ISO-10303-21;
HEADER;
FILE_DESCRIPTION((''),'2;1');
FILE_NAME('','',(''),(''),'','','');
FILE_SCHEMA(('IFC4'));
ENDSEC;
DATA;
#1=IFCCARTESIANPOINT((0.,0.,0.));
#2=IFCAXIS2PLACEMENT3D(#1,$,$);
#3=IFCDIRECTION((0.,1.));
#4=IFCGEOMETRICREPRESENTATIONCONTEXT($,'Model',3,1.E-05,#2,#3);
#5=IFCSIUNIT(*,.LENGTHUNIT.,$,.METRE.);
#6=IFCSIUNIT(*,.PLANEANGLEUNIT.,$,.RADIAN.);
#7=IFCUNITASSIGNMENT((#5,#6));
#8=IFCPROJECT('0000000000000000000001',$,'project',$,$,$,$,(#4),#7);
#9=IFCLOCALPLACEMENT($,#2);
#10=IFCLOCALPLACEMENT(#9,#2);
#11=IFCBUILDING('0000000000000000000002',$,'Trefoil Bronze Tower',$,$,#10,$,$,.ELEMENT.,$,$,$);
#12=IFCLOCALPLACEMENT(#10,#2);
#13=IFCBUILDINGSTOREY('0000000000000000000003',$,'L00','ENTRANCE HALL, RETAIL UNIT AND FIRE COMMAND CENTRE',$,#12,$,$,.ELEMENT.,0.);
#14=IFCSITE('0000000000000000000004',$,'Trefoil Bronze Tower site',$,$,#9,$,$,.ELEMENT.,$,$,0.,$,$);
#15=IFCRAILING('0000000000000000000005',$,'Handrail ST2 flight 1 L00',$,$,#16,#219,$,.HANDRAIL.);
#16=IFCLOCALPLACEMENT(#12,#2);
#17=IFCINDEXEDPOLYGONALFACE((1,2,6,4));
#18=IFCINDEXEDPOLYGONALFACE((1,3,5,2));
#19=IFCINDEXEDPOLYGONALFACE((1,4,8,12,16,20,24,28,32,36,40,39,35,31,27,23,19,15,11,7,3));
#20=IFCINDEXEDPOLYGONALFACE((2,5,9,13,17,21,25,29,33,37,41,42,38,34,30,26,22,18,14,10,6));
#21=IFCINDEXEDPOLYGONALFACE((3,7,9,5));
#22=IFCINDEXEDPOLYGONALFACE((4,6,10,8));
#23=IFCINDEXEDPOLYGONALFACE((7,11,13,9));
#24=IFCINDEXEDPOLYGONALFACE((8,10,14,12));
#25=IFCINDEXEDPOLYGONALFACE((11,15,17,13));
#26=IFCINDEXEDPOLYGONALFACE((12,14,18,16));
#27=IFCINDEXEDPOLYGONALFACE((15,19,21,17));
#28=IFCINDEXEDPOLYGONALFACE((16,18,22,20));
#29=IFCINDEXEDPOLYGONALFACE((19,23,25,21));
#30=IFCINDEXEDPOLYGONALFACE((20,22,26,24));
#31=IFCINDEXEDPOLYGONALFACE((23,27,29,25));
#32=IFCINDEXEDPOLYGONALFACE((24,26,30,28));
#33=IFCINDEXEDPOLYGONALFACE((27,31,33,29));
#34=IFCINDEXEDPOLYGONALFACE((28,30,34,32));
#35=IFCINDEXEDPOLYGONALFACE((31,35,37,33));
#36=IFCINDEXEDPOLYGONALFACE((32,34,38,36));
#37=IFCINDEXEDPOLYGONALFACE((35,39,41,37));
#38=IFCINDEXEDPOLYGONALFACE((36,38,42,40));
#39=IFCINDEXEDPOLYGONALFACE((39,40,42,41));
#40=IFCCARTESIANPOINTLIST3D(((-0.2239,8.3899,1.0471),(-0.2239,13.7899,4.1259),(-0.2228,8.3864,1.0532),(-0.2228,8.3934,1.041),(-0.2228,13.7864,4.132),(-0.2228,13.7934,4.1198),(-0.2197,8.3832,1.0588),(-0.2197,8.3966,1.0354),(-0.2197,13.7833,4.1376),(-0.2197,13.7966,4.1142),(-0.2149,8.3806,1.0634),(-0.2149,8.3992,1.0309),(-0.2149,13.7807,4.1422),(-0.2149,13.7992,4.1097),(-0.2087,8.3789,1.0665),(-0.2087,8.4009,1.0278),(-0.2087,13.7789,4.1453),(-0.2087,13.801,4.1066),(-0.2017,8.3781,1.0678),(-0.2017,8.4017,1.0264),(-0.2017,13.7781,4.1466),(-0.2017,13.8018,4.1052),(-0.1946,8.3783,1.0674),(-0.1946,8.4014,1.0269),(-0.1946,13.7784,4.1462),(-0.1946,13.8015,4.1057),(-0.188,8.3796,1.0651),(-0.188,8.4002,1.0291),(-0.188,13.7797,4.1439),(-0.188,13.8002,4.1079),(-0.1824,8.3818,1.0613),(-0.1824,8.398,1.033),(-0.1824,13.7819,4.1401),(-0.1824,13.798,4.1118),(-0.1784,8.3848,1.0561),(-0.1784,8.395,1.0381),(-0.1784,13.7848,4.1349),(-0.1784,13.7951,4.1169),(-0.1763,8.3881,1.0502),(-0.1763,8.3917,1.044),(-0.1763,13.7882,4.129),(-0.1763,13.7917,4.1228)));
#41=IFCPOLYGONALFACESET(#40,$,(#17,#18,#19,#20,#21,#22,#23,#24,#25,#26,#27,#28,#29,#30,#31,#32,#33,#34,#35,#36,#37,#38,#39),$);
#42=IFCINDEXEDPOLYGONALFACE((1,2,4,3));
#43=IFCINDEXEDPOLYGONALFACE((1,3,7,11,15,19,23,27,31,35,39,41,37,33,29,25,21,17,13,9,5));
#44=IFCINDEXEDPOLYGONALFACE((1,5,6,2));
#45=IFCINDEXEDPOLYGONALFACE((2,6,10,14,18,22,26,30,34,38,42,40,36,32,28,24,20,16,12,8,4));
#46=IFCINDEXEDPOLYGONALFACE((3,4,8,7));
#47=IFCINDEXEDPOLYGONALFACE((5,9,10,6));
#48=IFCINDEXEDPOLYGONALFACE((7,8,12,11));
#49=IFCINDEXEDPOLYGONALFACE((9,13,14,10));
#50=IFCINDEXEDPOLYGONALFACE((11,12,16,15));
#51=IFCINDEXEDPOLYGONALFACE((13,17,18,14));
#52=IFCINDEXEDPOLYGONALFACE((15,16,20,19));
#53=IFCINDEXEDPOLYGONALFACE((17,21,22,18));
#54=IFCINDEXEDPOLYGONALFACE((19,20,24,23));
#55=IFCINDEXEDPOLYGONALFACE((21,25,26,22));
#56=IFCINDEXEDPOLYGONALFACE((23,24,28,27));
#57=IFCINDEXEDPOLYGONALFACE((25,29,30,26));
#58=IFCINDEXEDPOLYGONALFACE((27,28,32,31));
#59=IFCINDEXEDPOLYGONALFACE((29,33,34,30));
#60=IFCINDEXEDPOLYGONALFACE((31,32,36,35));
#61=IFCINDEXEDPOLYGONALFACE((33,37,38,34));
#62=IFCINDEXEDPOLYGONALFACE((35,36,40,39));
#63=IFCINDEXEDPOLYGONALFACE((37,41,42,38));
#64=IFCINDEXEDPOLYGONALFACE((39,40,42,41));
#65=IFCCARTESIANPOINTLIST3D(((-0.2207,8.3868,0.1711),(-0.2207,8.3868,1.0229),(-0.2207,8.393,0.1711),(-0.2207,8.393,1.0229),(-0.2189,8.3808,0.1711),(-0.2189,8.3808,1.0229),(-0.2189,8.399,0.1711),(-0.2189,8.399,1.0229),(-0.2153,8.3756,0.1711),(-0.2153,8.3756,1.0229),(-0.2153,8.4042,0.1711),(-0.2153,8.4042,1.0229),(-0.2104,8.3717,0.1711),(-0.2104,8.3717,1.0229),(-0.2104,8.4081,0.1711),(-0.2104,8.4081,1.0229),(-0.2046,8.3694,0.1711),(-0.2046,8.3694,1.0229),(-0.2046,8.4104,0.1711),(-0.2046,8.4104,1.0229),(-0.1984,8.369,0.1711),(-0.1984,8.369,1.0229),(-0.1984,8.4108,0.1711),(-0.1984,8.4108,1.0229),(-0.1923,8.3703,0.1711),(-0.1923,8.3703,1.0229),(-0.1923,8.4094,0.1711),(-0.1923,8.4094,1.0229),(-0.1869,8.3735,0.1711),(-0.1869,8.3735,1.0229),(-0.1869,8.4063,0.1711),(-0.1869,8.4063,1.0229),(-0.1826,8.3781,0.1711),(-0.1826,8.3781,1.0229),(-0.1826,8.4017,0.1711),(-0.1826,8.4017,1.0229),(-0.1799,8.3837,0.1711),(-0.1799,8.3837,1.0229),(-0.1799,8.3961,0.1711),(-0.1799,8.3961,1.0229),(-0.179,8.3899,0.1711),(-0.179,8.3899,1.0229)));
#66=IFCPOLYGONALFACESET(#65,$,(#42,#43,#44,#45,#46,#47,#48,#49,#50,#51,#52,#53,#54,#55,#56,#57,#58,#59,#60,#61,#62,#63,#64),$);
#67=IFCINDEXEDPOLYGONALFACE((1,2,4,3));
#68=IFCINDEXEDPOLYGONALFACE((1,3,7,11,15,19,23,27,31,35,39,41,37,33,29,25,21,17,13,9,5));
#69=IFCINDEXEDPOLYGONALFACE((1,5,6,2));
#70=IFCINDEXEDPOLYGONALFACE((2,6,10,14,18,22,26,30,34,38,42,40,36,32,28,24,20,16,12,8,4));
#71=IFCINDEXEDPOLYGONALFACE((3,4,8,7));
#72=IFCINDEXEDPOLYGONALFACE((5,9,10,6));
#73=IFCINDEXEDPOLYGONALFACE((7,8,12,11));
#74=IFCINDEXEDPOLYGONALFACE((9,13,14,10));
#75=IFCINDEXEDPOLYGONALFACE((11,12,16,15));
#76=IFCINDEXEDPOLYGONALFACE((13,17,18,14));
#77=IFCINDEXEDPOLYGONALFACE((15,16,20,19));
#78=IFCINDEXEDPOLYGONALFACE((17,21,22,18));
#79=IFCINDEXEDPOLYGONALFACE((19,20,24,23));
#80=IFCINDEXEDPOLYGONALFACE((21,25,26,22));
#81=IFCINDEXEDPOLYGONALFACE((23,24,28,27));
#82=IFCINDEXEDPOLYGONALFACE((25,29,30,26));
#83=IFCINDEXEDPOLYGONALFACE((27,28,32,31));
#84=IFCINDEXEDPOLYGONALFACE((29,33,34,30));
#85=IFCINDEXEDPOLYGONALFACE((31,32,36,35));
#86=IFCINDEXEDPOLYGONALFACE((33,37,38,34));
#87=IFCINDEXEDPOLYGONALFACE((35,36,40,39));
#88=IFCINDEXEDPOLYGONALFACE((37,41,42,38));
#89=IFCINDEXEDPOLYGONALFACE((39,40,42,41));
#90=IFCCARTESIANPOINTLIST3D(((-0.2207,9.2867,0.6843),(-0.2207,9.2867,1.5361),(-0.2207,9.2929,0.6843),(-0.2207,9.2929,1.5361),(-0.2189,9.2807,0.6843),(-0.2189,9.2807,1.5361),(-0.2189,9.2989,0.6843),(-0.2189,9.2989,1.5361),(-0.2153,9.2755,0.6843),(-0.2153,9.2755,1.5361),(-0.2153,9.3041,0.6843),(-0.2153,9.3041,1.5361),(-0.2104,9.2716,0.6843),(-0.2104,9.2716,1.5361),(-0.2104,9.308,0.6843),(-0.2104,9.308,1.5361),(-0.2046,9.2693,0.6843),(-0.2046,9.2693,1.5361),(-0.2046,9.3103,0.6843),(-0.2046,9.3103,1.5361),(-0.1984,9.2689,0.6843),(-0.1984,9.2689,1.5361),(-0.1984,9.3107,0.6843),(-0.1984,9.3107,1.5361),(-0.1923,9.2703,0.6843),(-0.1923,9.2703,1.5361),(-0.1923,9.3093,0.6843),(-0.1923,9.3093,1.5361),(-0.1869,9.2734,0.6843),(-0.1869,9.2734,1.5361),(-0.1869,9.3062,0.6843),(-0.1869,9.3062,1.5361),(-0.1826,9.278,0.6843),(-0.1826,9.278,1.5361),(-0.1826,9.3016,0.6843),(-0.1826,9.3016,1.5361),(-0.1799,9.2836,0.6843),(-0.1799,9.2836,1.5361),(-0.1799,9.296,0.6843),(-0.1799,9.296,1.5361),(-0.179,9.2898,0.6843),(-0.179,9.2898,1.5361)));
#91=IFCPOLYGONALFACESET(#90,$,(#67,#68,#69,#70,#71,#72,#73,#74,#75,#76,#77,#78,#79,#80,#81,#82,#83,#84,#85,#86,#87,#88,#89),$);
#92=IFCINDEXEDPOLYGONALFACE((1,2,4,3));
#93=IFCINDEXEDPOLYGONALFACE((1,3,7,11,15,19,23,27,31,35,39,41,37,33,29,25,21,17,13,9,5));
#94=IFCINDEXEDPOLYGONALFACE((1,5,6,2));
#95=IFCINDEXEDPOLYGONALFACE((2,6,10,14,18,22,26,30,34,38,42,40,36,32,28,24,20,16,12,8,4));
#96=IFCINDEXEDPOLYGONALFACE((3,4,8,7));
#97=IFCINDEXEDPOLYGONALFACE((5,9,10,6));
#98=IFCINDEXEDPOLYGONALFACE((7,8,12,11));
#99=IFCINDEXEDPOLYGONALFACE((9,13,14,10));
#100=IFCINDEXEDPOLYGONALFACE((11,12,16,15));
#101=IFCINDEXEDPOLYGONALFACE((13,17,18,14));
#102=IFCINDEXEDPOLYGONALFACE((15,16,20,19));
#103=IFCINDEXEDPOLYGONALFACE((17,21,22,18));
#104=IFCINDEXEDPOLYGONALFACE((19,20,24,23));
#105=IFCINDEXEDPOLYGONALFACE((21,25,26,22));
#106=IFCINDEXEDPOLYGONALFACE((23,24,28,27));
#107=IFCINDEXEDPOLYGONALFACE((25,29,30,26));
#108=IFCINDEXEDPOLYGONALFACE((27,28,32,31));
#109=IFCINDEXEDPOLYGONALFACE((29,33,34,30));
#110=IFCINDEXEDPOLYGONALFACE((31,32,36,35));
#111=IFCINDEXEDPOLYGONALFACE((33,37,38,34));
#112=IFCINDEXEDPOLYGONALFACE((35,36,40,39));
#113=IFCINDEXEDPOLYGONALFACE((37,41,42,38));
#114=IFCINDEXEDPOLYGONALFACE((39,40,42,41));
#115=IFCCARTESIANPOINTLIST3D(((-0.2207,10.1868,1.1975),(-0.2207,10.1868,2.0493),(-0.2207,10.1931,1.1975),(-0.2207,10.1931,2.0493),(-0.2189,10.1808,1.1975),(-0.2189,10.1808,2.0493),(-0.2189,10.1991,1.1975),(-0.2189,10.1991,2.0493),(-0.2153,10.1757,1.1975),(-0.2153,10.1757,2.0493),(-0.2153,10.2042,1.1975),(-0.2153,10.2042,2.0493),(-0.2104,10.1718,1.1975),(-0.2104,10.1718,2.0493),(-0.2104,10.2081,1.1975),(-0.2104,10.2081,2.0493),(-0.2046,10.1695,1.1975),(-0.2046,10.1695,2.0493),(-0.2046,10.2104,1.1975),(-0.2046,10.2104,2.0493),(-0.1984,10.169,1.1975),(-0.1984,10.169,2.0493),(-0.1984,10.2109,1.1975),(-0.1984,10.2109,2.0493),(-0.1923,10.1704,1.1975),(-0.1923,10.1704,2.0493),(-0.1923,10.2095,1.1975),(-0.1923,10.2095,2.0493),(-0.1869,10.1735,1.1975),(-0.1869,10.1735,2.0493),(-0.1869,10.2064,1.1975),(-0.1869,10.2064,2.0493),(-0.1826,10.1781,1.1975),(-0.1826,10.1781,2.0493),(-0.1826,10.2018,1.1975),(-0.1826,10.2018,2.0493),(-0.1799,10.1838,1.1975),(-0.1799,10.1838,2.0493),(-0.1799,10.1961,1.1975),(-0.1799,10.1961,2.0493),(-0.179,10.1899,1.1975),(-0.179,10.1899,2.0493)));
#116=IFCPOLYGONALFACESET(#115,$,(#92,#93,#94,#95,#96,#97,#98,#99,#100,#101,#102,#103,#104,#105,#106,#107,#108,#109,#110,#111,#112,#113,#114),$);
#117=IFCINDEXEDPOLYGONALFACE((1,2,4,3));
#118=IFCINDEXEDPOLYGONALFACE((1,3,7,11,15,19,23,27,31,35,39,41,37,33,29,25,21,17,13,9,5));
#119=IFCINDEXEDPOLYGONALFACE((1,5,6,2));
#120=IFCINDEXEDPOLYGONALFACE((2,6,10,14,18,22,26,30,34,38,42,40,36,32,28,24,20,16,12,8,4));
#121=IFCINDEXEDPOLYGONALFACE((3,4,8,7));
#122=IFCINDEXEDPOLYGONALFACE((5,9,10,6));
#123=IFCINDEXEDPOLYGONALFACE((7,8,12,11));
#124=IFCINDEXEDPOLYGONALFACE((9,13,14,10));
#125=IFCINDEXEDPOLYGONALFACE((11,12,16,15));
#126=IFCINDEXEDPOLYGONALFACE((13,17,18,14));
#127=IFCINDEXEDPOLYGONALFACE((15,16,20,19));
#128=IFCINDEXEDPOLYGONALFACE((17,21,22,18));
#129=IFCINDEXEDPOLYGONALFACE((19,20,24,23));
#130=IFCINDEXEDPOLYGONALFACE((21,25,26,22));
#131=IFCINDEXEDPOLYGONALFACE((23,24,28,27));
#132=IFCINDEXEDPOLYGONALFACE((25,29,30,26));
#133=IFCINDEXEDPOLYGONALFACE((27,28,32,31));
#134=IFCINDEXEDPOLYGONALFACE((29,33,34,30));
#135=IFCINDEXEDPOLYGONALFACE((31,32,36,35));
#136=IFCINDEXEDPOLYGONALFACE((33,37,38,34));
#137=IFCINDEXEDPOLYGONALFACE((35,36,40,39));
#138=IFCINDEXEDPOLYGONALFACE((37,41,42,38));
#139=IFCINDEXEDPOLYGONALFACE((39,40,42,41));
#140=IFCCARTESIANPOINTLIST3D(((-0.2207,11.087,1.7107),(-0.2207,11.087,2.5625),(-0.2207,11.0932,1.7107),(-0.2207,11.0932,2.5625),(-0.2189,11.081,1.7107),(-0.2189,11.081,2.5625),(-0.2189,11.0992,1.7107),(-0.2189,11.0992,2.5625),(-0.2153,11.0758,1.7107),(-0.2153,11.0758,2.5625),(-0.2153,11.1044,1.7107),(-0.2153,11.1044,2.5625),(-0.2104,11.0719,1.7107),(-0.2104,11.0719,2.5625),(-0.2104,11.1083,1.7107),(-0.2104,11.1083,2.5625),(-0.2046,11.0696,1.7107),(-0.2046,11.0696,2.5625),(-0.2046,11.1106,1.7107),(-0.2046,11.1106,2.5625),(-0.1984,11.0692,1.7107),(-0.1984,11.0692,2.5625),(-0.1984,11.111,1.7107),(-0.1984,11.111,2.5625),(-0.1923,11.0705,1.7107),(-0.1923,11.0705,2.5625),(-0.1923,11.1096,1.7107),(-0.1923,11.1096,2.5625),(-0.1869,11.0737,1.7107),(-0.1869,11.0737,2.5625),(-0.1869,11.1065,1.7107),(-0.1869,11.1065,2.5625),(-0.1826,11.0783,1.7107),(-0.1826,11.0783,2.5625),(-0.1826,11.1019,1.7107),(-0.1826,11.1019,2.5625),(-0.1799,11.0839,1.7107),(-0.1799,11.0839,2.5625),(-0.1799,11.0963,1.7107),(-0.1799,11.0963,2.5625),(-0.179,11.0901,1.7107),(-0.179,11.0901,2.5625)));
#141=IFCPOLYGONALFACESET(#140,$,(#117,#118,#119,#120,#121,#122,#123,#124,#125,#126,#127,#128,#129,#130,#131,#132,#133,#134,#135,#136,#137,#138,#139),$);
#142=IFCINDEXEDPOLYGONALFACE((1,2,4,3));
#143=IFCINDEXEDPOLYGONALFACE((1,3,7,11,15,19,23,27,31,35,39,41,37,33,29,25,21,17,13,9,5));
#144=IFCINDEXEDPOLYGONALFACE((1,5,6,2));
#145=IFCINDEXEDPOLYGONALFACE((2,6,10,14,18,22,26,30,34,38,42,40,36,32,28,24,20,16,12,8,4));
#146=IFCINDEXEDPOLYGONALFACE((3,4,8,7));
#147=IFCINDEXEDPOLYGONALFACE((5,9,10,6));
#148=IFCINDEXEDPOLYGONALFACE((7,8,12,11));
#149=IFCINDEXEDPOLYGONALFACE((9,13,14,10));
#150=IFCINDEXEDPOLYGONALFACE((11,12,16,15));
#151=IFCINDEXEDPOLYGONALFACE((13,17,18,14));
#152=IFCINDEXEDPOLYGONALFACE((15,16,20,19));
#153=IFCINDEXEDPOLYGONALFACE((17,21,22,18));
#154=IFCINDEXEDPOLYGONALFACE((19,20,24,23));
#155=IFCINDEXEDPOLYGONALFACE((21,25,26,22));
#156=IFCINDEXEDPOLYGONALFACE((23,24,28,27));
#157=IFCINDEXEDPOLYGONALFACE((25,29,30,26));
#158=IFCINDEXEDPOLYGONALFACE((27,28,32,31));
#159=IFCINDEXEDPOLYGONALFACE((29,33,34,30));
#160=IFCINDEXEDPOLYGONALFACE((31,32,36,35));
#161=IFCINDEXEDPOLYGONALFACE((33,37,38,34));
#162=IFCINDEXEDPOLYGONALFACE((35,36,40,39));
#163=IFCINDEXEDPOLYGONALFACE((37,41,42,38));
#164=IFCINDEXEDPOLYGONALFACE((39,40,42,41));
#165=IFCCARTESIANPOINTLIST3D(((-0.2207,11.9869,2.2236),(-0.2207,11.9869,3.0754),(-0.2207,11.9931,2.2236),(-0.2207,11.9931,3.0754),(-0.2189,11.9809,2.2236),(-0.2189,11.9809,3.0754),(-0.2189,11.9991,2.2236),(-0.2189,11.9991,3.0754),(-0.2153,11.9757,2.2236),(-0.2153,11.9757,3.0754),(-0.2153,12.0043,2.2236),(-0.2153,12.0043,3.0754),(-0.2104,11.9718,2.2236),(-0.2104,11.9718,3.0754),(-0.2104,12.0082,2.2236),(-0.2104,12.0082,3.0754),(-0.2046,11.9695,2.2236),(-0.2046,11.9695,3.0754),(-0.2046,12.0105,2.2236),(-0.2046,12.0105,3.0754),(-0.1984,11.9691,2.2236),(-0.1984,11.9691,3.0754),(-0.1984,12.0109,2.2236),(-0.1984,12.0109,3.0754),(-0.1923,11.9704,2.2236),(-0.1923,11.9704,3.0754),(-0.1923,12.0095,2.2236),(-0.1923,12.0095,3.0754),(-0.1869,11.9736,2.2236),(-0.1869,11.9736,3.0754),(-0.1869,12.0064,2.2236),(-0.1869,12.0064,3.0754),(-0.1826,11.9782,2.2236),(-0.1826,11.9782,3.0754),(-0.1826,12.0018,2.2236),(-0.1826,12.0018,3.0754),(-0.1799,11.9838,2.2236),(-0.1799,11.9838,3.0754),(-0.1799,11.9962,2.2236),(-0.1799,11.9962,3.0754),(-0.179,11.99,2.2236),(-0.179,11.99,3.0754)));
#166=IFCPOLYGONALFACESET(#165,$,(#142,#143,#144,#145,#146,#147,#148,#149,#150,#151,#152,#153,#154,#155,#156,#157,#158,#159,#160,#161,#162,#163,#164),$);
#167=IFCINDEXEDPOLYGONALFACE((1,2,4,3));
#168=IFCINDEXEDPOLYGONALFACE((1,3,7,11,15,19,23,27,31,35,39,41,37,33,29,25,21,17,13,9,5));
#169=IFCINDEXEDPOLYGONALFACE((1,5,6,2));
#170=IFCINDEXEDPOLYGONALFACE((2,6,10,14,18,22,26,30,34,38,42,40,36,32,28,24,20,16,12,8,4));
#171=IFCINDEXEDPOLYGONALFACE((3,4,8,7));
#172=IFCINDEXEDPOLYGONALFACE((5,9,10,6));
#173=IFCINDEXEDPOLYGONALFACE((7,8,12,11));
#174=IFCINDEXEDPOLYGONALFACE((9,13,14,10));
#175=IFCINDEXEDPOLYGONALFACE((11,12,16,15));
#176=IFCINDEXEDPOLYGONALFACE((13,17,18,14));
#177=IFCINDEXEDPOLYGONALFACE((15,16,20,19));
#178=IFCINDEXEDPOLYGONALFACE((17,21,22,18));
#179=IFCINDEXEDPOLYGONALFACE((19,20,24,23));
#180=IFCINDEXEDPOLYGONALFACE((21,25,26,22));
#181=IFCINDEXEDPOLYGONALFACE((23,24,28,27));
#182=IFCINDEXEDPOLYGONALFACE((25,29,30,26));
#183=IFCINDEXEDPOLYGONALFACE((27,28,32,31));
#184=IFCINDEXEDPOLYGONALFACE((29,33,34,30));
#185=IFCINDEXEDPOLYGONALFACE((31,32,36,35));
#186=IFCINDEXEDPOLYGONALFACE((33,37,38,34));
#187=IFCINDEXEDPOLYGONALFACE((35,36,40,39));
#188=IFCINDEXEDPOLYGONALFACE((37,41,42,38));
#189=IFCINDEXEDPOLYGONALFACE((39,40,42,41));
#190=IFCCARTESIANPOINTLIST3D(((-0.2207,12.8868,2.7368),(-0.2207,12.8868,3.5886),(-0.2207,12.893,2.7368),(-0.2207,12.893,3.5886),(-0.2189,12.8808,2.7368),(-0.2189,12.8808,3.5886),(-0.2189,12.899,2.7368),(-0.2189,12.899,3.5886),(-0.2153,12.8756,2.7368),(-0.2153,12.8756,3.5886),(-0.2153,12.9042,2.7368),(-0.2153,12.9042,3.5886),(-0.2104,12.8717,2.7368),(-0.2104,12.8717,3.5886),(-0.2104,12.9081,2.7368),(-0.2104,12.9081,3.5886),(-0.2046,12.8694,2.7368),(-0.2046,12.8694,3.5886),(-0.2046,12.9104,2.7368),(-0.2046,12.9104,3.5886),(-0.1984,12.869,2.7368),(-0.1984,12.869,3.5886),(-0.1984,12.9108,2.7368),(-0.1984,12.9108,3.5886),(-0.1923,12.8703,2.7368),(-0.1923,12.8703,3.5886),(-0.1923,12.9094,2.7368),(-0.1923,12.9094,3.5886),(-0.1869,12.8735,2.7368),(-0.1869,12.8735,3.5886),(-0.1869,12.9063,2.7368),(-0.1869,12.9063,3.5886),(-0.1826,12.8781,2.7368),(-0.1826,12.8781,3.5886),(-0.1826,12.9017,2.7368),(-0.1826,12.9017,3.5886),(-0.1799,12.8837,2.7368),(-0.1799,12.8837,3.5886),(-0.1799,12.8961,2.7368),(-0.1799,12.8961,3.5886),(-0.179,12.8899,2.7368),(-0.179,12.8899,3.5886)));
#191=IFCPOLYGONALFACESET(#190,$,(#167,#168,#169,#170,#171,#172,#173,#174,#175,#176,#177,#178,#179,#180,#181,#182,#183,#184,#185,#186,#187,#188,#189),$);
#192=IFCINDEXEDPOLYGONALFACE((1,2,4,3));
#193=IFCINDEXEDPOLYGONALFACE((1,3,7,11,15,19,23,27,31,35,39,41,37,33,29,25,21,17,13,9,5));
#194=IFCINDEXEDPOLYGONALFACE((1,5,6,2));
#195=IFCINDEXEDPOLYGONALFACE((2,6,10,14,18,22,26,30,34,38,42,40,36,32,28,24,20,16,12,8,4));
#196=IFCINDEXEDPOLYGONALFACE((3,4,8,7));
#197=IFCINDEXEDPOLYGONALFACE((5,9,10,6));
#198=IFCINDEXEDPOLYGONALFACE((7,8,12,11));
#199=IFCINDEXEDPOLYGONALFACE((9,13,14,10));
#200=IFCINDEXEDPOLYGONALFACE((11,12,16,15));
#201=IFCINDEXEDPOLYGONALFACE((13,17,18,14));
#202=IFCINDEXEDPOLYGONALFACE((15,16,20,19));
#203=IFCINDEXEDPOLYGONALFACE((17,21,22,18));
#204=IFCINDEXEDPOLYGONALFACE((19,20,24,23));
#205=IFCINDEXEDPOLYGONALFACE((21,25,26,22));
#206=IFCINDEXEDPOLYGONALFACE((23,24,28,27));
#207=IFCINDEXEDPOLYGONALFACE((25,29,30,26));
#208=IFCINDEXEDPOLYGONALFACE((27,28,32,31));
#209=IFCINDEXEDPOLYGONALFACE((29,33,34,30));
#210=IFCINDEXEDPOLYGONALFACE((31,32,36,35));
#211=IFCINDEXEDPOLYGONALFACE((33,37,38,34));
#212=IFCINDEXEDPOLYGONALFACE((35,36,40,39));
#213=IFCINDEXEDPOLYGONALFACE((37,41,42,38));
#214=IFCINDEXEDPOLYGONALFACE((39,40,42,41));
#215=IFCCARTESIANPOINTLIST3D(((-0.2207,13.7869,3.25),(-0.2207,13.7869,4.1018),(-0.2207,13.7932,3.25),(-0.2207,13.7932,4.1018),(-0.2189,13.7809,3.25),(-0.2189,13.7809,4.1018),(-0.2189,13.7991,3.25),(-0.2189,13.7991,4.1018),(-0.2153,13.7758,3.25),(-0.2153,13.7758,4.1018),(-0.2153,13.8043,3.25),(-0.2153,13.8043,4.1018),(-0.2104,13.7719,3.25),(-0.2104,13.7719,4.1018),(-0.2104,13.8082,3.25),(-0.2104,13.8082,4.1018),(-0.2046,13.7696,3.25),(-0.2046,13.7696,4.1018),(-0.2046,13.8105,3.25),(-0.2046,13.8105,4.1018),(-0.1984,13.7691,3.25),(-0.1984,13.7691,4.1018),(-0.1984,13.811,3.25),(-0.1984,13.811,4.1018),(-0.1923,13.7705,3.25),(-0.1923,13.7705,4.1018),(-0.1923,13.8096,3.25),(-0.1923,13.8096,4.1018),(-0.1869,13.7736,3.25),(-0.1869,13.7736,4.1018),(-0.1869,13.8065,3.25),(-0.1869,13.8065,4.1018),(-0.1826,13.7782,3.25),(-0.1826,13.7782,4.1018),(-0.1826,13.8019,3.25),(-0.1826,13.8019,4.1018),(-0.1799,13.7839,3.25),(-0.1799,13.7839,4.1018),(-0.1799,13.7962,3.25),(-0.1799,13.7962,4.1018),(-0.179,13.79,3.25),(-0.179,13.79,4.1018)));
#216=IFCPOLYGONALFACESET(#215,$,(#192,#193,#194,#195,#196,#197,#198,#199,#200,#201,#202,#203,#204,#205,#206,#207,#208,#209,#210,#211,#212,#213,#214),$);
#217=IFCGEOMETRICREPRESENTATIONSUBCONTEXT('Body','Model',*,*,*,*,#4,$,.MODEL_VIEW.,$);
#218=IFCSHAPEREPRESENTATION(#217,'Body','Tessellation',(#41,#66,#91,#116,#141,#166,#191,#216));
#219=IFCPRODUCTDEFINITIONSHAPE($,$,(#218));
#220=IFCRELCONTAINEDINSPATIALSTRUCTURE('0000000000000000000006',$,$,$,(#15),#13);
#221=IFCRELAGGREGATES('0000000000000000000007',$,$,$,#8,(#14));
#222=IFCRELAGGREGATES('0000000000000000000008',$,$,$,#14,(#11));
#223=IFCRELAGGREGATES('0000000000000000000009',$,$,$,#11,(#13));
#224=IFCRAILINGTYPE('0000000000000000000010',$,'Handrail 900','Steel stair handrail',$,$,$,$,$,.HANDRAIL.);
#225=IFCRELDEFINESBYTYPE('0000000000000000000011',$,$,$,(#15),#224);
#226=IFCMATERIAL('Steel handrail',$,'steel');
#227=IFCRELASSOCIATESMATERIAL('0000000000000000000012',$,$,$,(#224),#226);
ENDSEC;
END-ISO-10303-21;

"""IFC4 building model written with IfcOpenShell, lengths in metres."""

from ifc_helpers import new_model, si_unit, direction, frame, origin, origin_2d, place, context, subcontext, project, spatial, circle, extrude, material, type_object, element, save


model = new_model("IFC4")

# Units and contexts
model_context = context("Model", 3, precision=1e-05, world=origin(), true_north=direction((0.0, 1.0)))
body_context = subcontext(model_context, "Body", "Model", "MODEL_VIEW")
ifc_project = project(units=[si_unit("LENGTHUNIT", "METRE"), si_unit("PLANEANGLEUNIT", "RADIAN")], contexts=[model_context])

# Site, building, storey
site_placement = place(None, origin())
site = spatial("IfcSite", under=ifc_project, at=site_placement, Name="Trefoil Bronze Tower site", CompositionType="ELEMENT", RefElevation=0.0)
building_placement = place(site_placement, origin())
building = spatial("IfcBuilding", under=site, at=building_placement, Name="Trefoil Bronze Tower", CompositionType="ELEMENT")
storey_placement = place(building_placement, origin())
storey = spatial("IfcBuildingStorey", under=building, at=storey_placement, Name="L00", Description="ENTRANCE HALL, RETAIL UNIT AND FIRE COMMAND CENTRE", CompositionType="ELEMENT", Elevation=0.0)

# Railing
ifc_material_1 = material(Name="Steel handrail", Category="steel")
railing_type = type_object("IfcRailingType", Name="Handrail 900", Description="Steel stair handrail", PredefinedType="HANDRAIL", material=ifc_material_1)
railing_placement = place(storey_placement, frame((-0.2, 8.3899, 0.1711)))
element("IfcRailing", 1, at=railing_placement, inside=storey, type_object=railing_type, Name="Handrail ST2 flight 1 L00", PredefinedType="HANDRAIL", context=body_context, shape_type="SweptSolid", body=[
    extrude(circle(Radius=0.0239, at=origin_2d()), frame((0.0, 0.0, 0.876), z_axis=(0.0, 0.868724, 0.495297), x_axis=(-1.0, 0.0, 0.0)), (0.0, 0.0, 1.0), 6.2161),
    extrude(circle(Radius=0.021, at=origin_2d()), origin(), (0.0, 0.0, 1.0), 0.8518),
    extrude(circle(Radius=0.021, at=origin_2d()), frame((0.0, 0.8999, 0.5132)), (0.0, 0.0, 1.0), 0.8518),
    extrude(circle(Radius=0.021, at=origin_2d()), frame((0.0, 1.8, 1.0264)), (0.0, 0.0, 1.0), 0.8518),
    extrude(circle(Radius=0.021, at=origin_2d()), frame((0.0, 2.7002, 1.5396)), (0.0, 0.0, 1.0), 0.8518),
    extrude(circle(Radius=0.021, at=origin_2d()), frame((0.0, 3.6001, 2.0525)), (0.0, 0.0, 1.0), 0.8518),
    extrude(circle(Radius=0.021, at=origin_2d()), frame((0.0, 4.5, 2.5657)), (0.0, 0.0, 1.0), 0.8518),
    extrude(circle(Radius=0.021, at=origin_2d()), frame((0.0, 5.4001, 3.0789)), (0.0, 0.0, 1.0), 0.8518),
])

save(model, "model.ifc")
